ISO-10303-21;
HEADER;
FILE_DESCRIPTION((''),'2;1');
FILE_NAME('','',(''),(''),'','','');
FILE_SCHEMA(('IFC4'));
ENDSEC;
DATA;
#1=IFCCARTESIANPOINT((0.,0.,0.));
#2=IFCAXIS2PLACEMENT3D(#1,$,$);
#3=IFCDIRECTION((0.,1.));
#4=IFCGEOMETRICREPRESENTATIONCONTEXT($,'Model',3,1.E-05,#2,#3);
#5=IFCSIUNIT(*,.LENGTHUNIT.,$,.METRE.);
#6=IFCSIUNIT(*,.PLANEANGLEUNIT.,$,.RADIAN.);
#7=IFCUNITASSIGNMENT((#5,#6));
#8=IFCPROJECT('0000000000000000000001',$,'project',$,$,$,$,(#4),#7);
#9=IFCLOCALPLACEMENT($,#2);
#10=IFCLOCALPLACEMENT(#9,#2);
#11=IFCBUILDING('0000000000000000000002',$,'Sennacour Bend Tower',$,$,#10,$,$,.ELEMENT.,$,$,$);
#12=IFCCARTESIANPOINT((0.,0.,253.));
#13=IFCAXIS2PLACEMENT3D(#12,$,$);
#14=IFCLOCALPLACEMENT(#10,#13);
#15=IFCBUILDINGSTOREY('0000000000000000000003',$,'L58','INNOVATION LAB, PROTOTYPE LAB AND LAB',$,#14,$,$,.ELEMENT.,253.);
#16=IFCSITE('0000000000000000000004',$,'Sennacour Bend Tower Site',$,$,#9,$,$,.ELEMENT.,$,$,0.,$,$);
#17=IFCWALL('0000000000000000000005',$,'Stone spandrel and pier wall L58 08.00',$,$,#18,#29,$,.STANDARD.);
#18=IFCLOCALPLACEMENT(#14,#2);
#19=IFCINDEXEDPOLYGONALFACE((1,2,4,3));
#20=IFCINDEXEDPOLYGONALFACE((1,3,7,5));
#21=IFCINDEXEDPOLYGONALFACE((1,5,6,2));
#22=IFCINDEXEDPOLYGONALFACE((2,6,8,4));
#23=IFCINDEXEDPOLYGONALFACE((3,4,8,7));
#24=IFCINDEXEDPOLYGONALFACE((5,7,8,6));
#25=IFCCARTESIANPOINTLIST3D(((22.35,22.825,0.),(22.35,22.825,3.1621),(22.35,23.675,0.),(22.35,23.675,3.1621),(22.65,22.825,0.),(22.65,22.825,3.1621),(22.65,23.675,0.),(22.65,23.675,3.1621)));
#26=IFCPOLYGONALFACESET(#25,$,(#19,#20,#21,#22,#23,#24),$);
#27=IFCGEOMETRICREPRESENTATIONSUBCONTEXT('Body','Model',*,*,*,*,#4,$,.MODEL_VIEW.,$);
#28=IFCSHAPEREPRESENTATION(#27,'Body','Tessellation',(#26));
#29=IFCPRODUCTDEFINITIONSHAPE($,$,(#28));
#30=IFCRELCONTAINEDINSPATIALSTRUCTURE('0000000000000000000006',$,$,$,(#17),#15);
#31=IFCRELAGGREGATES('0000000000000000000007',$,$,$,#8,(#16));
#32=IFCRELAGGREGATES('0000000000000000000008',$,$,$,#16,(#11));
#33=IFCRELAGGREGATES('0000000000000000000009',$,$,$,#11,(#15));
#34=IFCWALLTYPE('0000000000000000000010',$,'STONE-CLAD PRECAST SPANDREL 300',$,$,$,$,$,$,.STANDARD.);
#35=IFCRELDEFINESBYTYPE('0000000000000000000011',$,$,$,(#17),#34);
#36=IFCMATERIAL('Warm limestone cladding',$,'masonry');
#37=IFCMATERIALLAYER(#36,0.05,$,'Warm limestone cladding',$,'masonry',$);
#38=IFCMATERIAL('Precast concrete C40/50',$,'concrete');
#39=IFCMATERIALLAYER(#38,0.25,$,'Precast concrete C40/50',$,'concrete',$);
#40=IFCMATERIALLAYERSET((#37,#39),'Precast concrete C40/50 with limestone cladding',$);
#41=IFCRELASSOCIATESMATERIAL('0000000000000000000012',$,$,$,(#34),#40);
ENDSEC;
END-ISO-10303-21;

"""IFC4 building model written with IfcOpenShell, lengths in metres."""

from ifc_helpers import new_model, si_unit, direction, frame, frame_2d, origin, place, context, subcontext, project, spatial, rectangle, extrude, material, layer, layer_set, type_object, element, save


model = new_model("IFC4")

# Units and contexts
model_context = context("Model", 3, precision=1e-05, world=origin(), true_north=direction((0.0, 1.0)))
body_context = subcontext(model_context, "Body", "Model", "MODEL_VIEW")
ifc_project = project(units=[si_unit("LENGTHUNIT", "METRE"), si_unit("PLANEANGLEUNIT", "RADIAN")], contexts=[model_context])

# Site, building, storey
site_placement = place(None, origin())
site = spatial("IfcSite", under=ifc_project, at=site_placement, Name="Sennacour Bend Tower Site", CompositionType="ELEMENT", RefElevation=0.0)
building_placement = place(site_placement, origin())
building = spatial("IfcBuilding", under=site, at=building_placement, Name="Sennacour Bend Tower", CompositionType="ELEMENT")
storey_placement = place(building_placement, frame((0.0, 0.0, 253.0)))
storey = spatial("IfcBuildingStorey", under=building, at=storey_placement, Name="L58", Description="INNOVATION LAB, PROTOTYPE LAB AND LAB", CompositionType="ELEMENT", Elevation=253.0)

# Shared definitions
ifc_material_1 = material(Name="Warm limestone cladding", Category="masonry")
ifc_layer_1 = layer(ifc_material_1, 0.05, Name="Warm limestone cladding", Category="masonry")
ifc_material_2 = material(Name="Precast concrete C40/50", Category="concrete")
ifc_layer_2 = layer(ifc_material_2, 0.25, Name="Precast concrete C40/50", Category="concrete")
ifc_layer_set_1 = layer_set([ifc_layer_1, ifc_layer_2], Name="Precast concrete C40/50 with limestone cladding")
wall_type_1 = type_object("IfcWallType", Name="STONE-CLAD PRECAST SPANDREL 300", PredefinedType="STANDARD", material=ifc_layer_set_1)

# Wall
wall_1_placement = place(storey_placement, frame((22.5, 23.675, 0.0), z_axis=(0.0, 0.0, 1.0), x_axis=(0.0, -1.0, 0.0)))
element("IfcWall", 1, at=wall_1_placement, inside=storey, type_object=wall_type_1, Name="Stone spandrel and pier wall L58 08.00", PredefinedType="STANDARD", context=body_context, shape_type="SweptSolid", body=[
    extrude(rectangle(XDim=0.8501, YDim=0.3, at=frame_2d((0.425, 0.0))), origin(), (0.0, 0.0, 1.0), 3.1621),
])

save(model, "model.ifc")
